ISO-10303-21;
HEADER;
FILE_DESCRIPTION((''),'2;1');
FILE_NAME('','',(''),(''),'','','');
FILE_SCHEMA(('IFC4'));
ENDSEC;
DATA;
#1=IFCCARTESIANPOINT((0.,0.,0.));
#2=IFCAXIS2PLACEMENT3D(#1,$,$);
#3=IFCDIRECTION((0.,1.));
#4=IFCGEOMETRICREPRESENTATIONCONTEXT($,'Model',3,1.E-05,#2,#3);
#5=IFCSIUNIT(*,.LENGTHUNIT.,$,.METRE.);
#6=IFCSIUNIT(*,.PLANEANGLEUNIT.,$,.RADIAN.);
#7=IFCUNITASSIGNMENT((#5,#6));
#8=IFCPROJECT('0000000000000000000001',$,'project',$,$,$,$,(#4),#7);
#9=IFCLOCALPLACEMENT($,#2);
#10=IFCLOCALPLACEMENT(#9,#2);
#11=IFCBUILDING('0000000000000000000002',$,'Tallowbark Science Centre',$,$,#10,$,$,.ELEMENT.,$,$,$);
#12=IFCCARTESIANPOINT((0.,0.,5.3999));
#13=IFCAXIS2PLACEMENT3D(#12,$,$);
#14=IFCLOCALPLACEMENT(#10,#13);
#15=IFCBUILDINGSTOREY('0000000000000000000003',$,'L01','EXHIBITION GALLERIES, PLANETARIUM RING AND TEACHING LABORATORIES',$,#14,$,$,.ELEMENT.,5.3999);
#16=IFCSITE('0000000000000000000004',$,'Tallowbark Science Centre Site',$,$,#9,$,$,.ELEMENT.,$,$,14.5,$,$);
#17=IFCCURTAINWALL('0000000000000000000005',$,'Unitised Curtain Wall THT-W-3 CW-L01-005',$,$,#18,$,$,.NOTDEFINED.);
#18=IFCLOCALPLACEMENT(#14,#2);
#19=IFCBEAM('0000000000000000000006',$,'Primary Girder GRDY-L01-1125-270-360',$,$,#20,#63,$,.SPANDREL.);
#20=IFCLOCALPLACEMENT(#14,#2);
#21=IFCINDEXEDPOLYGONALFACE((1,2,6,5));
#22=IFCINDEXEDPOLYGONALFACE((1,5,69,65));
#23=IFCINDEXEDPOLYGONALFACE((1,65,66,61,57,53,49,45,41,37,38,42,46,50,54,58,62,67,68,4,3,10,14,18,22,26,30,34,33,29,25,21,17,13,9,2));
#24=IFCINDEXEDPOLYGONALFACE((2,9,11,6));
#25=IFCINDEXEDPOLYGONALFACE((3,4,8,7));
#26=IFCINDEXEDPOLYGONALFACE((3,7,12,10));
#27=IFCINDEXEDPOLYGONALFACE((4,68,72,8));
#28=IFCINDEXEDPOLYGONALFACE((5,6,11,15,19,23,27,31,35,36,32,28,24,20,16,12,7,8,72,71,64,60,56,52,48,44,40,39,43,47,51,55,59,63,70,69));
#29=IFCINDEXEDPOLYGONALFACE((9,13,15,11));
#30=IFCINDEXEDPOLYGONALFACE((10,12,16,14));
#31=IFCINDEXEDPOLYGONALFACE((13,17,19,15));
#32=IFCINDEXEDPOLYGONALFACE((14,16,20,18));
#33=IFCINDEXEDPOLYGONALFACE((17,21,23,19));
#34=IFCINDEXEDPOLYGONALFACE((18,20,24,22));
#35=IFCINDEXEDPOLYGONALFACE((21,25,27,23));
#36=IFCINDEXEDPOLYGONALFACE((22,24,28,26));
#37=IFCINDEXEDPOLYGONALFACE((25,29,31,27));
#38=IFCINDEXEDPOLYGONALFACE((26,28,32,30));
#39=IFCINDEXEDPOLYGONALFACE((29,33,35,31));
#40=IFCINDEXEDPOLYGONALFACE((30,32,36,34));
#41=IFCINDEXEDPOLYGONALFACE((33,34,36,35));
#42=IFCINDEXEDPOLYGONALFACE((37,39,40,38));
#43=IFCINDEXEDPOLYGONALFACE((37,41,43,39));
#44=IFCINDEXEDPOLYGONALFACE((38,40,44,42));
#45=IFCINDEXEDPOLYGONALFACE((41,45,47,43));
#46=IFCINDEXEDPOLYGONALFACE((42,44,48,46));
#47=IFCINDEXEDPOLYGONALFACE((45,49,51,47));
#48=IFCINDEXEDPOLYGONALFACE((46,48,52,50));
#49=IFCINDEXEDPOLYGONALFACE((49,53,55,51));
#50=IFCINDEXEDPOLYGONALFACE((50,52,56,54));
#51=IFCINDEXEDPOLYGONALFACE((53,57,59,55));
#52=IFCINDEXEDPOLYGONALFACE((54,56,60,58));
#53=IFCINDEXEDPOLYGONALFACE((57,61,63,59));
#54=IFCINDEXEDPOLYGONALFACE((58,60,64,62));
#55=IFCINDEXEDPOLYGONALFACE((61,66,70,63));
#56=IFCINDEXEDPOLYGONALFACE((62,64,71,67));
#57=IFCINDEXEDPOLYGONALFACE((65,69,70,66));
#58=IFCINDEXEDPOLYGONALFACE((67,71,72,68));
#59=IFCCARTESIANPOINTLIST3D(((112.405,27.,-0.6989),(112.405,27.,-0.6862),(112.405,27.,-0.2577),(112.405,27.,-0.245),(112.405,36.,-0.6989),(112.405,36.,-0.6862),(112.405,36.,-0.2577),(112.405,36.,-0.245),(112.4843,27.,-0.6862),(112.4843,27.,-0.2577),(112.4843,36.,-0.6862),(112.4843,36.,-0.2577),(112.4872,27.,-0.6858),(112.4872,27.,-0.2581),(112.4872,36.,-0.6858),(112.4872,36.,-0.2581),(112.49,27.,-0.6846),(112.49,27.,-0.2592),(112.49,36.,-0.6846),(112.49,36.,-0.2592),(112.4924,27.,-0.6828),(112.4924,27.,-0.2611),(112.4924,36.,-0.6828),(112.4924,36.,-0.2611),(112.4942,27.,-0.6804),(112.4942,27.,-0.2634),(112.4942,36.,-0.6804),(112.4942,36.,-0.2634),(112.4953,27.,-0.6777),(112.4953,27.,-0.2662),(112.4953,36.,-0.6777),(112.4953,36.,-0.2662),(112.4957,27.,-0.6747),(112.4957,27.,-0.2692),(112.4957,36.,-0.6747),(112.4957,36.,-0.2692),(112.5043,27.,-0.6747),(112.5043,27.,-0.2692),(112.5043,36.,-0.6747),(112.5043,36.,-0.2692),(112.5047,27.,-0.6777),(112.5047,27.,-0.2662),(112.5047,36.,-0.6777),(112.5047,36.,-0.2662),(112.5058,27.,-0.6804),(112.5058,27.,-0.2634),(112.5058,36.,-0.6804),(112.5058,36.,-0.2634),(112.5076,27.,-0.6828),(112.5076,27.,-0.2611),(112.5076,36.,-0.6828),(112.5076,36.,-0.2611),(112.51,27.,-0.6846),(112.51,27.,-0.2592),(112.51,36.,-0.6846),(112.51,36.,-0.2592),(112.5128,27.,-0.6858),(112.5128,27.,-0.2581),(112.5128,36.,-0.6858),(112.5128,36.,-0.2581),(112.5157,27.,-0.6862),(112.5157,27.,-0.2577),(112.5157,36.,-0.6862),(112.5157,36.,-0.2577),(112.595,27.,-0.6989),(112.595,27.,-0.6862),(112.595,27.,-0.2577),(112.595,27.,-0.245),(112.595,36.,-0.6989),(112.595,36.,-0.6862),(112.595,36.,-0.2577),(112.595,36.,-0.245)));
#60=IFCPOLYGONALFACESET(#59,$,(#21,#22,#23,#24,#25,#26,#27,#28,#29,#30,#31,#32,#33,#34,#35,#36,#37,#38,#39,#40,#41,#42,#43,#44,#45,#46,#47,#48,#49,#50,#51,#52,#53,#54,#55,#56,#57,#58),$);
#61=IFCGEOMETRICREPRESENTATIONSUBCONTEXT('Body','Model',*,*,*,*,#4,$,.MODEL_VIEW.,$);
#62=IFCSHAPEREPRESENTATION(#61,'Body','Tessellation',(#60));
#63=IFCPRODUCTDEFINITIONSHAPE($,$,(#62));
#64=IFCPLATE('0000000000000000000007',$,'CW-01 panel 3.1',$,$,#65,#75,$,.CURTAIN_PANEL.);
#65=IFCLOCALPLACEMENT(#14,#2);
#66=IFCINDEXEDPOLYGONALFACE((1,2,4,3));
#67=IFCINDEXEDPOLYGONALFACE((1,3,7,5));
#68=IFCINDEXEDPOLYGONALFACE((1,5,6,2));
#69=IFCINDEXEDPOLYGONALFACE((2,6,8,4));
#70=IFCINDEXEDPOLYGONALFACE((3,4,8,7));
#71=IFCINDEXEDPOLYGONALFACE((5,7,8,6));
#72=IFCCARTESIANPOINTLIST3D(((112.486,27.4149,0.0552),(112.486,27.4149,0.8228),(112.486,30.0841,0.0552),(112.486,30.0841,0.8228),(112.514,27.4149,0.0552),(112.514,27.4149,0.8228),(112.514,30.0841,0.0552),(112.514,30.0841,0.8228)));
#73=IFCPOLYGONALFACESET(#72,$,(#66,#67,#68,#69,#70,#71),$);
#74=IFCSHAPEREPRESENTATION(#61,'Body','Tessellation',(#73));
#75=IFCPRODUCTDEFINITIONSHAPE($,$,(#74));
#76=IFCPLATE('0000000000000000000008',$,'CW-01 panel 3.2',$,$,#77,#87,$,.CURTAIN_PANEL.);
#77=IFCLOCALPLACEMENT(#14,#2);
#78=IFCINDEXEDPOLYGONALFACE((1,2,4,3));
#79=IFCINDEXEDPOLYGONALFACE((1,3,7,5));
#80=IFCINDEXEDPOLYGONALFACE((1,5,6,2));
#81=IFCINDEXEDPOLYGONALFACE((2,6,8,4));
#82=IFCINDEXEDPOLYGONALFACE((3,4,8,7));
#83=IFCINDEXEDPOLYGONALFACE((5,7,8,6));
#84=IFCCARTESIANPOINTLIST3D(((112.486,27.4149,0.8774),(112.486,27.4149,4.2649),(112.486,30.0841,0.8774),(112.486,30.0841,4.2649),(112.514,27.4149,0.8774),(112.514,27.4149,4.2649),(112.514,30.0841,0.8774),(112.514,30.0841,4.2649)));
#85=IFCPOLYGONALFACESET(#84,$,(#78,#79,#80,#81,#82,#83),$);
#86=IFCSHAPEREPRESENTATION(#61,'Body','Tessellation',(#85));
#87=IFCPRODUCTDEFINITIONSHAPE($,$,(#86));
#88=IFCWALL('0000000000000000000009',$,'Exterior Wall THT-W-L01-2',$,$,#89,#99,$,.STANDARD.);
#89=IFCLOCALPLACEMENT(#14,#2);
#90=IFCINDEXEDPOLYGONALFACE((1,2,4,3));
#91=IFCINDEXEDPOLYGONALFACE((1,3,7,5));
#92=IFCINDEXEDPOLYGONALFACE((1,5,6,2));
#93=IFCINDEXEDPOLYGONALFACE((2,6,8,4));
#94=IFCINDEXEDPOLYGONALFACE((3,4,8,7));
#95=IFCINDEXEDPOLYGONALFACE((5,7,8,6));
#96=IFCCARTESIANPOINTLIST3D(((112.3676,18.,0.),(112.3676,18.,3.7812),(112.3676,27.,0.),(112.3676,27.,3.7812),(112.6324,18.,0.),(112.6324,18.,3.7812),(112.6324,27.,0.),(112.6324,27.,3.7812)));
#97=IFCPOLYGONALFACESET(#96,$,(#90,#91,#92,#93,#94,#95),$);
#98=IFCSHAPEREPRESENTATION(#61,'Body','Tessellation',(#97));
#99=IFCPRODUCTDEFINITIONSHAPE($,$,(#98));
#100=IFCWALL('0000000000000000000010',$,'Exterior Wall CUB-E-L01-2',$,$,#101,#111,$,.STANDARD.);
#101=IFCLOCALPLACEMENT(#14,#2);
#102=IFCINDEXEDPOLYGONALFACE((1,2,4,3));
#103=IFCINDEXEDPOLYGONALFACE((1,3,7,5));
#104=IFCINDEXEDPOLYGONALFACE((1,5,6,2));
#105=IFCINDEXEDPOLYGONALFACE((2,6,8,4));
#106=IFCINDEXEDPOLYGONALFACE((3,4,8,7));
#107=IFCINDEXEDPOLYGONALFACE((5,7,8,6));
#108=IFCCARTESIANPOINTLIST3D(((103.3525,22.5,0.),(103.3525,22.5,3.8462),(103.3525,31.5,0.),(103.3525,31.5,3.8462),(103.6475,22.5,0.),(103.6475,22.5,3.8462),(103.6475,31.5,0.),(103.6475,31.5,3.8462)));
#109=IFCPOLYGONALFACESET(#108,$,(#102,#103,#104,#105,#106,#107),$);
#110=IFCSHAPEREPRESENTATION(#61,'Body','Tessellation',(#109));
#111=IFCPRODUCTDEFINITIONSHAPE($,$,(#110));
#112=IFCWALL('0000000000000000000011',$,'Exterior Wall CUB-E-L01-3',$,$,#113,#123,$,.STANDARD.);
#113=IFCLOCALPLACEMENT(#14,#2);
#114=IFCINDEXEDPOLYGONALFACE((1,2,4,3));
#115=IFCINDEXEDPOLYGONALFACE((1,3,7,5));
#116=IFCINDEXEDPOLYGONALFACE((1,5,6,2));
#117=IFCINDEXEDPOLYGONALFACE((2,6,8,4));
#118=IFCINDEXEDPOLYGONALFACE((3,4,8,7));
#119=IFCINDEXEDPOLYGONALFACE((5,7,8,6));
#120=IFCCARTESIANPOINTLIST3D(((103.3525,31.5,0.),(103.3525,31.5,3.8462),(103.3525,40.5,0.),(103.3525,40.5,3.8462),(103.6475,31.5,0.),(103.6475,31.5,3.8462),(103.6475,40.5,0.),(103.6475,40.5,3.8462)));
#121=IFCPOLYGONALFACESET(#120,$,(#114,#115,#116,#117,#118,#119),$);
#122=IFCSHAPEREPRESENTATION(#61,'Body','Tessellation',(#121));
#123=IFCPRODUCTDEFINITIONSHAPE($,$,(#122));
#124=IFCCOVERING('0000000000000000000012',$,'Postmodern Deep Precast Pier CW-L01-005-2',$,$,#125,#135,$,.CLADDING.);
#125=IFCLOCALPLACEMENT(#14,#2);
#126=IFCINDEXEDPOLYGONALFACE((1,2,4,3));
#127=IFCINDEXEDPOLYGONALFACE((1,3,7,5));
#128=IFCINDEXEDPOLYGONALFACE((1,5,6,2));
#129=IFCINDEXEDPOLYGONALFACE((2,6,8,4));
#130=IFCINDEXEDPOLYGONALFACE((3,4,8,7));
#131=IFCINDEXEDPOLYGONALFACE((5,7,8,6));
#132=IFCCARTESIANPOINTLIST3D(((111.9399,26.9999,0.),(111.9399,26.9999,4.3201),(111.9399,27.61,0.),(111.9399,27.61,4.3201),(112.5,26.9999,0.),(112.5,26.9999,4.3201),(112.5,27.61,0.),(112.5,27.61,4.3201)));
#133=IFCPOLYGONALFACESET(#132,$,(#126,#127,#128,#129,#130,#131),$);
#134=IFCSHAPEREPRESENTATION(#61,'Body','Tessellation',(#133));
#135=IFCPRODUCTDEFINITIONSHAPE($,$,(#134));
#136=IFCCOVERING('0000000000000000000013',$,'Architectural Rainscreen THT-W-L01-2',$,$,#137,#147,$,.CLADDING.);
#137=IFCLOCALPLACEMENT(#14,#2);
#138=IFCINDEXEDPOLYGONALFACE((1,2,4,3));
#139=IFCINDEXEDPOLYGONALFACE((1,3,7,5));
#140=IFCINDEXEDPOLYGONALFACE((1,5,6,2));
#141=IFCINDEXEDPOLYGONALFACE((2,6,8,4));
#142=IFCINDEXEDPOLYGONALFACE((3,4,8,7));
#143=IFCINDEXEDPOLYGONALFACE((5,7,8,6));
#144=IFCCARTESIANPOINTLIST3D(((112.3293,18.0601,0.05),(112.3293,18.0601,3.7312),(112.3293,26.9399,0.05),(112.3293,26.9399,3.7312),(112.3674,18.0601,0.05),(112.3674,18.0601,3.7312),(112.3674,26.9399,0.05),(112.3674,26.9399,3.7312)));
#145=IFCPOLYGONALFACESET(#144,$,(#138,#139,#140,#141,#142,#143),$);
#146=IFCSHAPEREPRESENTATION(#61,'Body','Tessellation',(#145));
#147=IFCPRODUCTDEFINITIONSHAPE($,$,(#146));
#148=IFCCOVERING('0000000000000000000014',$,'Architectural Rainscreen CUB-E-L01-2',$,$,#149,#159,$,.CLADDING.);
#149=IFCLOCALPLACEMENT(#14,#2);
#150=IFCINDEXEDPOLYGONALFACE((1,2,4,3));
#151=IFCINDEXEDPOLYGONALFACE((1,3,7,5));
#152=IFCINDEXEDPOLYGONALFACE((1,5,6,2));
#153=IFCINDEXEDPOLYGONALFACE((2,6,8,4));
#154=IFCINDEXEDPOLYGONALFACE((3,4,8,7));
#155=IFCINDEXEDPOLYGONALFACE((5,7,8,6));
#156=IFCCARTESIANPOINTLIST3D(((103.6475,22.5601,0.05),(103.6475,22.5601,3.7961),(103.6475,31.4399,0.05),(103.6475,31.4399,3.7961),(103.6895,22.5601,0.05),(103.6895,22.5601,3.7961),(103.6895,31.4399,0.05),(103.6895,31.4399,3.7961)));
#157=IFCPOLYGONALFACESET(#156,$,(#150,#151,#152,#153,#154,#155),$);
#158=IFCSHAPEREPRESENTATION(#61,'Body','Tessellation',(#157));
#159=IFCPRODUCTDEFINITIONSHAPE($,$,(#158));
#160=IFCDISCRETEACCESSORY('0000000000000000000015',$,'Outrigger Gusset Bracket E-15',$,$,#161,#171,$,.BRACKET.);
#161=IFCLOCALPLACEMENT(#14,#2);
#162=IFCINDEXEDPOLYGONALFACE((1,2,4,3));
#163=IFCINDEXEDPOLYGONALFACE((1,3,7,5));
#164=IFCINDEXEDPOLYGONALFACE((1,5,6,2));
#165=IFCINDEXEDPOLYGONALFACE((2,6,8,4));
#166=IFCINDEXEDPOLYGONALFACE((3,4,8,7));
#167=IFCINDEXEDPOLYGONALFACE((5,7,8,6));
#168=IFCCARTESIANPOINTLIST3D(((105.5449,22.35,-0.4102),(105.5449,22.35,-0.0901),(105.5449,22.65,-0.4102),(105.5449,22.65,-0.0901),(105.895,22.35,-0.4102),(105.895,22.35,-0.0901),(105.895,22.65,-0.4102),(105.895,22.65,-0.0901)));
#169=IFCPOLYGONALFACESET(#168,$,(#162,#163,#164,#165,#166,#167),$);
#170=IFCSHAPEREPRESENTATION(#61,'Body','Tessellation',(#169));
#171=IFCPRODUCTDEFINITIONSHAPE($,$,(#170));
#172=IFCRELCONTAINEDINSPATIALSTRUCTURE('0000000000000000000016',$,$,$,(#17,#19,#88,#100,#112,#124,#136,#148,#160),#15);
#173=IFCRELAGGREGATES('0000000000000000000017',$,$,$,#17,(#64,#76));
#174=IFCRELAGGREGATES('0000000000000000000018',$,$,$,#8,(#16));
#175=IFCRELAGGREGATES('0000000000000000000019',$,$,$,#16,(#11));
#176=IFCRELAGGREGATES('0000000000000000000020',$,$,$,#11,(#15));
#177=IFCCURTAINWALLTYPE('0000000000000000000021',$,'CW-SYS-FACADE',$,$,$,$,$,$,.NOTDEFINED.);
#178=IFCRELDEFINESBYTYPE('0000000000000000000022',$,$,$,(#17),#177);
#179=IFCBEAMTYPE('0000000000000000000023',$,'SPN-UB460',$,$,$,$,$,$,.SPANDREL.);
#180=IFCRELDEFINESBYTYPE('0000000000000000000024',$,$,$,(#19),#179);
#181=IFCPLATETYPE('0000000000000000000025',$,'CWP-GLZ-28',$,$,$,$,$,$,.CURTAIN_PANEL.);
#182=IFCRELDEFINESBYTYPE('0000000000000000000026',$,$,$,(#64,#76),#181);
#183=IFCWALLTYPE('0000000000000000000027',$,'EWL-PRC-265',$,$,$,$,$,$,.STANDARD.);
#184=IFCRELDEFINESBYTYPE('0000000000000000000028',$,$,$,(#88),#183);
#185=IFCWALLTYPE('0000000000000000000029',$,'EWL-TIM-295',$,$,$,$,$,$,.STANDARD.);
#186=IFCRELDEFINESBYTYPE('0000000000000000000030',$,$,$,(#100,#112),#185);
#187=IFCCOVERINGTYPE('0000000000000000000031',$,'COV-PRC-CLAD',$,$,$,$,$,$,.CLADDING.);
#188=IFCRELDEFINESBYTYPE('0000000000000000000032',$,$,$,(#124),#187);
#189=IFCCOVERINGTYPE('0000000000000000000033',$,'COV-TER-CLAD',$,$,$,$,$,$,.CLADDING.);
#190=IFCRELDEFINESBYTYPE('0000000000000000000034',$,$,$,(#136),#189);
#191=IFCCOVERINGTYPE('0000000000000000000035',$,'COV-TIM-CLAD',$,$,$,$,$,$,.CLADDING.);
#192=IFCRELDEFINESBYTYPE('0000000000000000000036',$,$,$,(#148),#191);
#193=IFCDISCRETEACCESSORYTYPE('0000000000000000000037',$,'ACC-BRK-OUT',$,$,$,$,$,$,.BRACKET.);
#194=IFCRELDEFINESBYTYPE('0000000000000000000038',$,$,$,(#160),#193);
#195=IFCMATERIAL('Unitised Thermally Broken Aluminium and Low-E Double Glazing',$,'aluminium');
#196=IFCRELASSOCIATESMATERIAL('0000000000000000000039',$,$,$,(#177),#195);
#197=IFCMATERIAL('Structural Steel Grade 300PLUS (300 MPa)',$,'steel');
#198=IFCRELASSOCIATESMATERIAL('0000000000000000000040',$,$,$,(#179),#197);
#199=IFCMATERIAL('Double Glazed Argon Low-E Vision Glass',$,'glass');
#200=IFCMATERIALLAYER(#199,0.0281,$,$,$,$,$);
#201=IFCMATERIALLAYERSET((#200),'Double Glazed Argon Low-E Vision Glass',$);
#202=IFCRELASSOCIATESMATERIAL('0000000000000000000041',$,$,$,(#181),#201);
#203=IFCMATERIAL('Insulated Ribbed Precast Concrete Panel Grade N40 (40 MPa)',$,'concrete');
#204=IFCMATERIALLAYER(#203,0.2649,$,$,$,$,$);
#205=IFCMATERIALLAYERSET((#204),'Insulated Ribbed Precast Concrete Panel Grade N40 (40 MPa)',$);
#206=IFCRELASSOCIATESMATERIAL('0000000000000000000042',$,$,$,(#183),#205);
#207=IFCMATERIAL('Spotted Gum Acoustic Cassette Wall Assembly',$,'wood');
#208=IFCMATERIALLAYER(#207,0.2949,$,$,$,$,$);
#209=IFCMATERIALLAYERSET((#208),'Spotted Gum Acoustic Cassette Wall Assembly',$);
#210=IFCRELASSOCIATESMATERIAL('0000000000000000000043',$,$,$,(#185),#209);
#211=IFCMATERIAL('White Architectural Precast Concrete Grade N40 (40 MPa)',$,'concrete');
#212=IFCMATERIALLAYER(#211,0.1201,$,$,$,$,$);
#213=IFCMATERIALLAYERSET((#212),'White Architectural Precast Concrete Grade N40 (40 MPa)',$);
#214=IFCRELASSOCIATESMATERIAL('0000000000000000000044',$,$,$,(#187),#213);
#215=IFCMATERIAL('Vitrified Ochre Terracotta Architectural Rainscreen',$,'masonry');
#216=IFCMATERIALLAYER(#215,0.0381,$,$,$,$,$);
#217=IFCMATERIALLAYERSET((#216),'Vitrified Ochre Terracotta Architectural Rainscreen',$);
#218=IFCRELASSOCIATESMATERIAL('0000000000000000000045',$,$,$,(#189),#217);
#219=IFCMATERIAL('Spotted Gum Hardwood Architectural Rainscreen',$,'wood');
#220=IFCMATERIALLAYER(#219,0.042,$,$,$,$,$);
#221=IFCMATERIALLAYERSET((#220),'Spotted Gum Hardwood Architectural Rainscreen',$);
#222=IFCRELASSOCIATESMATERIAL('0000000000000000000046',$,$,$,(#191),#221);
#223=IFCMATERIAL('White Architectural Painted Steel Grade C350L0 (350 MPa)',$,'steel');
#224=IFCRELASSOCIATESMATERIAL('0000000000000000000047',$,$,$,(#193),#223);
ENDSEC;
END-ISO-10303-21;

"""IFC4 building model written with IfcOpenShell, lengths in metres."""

from ifc_helpers import new_model, si_unit, direction, frame, frame_2d, origin, origin_2d, place, context, subcontext, project, spatial, rectangle, i_section, extrude, material, layer, layer_set, material_profile, profile_set, type_object, element, aggregate, save


model = new_model("IFC4")

# Units and contexts
model_context = context("Model", 3, precision=1e-05, world=origin(), true_north=direction((0.0, 1.0)))
body_context = subcontext(model_context, "Body", "Model", "MODEL_VIEW")
ifc_project = project(units=[si_unit("LENGTHUNIT", "METRE"), si_unit("PLANEANGLEUNIT", "RADIAN")], contexts=[model_context])

# Site, building, storey
site_placement = place(None, origin())
site = spatial("IfcSite", under=ifc_project, at=site_placement, Name="Tallowbark Science Centre Site", CompositionType="ELEMENT", RefElevation=14.5)
building_placement = place(site_placement, origin())
building = spatial("IfcBuilding", under=site, at=building_placement, Name="Tallowbark Science Centre", CompositionType="ELEMENT")
storey_placement = place(building_placement, frame((0.0, 0.0, 5.3999)))
storey = spatial("IfcBuildingStorey", under=building, at=storey_placement, Name="L01", Description="EXHIBITION GALLERIES, PLANETARIUM RING AND TEACHING LABORATORIES", CompositionType="ELEMENT", Elevation=5.3999)

# Shared definitions
ifc_material_1 = material(Name="White Architectural Painted Steel Grade C350L0 (350 MPa)", Category="steel")
ifc_material_2 = material(Name="Structural Steel Grade 300PLUS (300 MPa)", Category="steel")

# Curtain wall
ifc_material_3 = material(Name="Unitised Thermally Broken Aluminium and Low-E Double Glazing", Category="aluminium")
curtain_wall_type = type_object("IfcCurtainWallType", Name="CW-SYS-FACADE", PredefinedType="NOTDEFINED", material=ifc_material_3)
curtain_wall_placement = place(storey_placement, origin())
curtain_wall = element("IfcCurtainWall", 1, at=curtain_wall_placement, inside=storey, type_object=curtain_wall_type, Name="Unitised Curtain Wall THT-W-3 CW-L01-005", PredefinedType="NOTDEFINED")

# Beam
ifc_material_profile_1 = material_profile(ifc_material_2, i_section(OverallWidth=0.1899, OverallDepth=0.4539, WebThickness=0.0085, FlangeThickness=0.0127, FilletRadius=0.0115, at=origin_2d()), Name="460UB67.1")
ifc_profile_set_1 = profile_set([ifc_material_profile_1], Name="Structural Steel Grade 300PLUS (300 MPa)")
beam_type_1 = type_object("IfcBeamType", Name="SPN-UB460", PredefinedType="SPANDREL", material=ifc_profile_set_1)
beam_1_placement = place(storey_placement, frame((112.5, 27.0, -0.4719), z_axis=(0.0, 1.0, 0.0), x_axis=(-1.0, 0.0, 0.0)))
element("IfcBeam", 2, at=beam_1_placement, inside=storey, type_object=beam_type_1, Name="Primary Girder GRDY-L01-1125-270-360", PredefinedType="SPANDREL", context=body_context, shape_type="SweptSolid", body=[
    extrude(i_section(OverallWidth=0.1899, OverallDepth=0.4539, WebThickness=0.0085, FlangeThickness=0.0127, FilletRadius=0.0115, at=origin_2d()), origin(), (0.0, 0.0, 1.0), 9.0),
])

# Plates
ifc_material_4 = material(Name="Double Glazed Argon Low-E Vision Glass", Category="glass")
ifc_layer_1 = layer(ifc_material_4, 0.0281)
ifc_layer_set_1 = layer_set([ifc_layer_1], Name="Double Glazed Argon Low-E Vision Glass")
plate_type = type_object("IfcPlateType", Name="CWP-GLZ-28", PredefinedType="CURTAIN_PANEL", material=ifc_layer_set_1)
plate_1_placement = place(storey_placement, frame((112.5, 28.7495, 0.0552), z_axis=(0.0, 0.0, 1.0), x_axis=(0.0, -1.0, 0.0)))
plate_1 = element("IfcPlate", 3, at=plate_1_placement, type_object=plate_type, Name="CW-01 panel 3.1", PredefinedType="CURTAIN_PANEL", context=body_context, shape_type="SweptSolid", body=[
    extrude(rectangle(XDim=2.6692, YDim=0.0281, at=origin_2d()), origin(), (0.0, 0.0, 1.0), 0.7676),
])
plate_2_placement = place(storey_placement, frame((112.5, 28.7495, 0.8774), z_axis=(0.0, 0.0, 1.0), x_axis=(0.0, -1.0, 0.0)))
plate_2 = element("IfcPlate", 4, at=plate_2_placement, type_object=plate_type, Name="CW-01 panel 3.2", PredefinedType="CURTAIN_PANEL", context=body_context, shape_type="SweptSolid", body=[
    extrude(rectangle(XDim=2.6692, YDim=0.0281, at=origin_2d()), origin(), (0.0, 0.0, 1.0), 3.3875),
])
aggregate(curtain_wall, [plate_1, plate_2])

# Walls
ifc_material_5 = material(Name="Insulated Ribbed Precast Concrete Panel Grade N40 (40 MPa)", Category="concrete")
ifc_layer_2 = layer(ifc_material_5, 0.2649)
ifc_layer_set_2 = layer_set([ifc_layer_2], Name="Insulated Ribbed Precast Concrete Panel Grade N40 (40 MPa)")
wall_type_1 = type_object("IfcWallType", Name="EWL-PRC-265", PredefinedType="STANDARD", material=ifc_layer_set_2)
wall_placement = place(storey_placement, frame((112.5, 27.0, 0.0), z_axis=(0.0, 0.0, 1.0), x_axis=(0.0, -1.0, 0.0)))
element("IfcWall", 5, at=wall_placement, inside=storey, type_object=wall_type_1, Name="Exterior Wall THT-W-L01-2", PredefinedType="STANDARD", context=body_context, shape_type="SweptSolid", body=[
    extrude(rectangle(XDim=9.0, YDim=0.2649, at=frame_2d((4.5, 0.0))), origin(), (0.0, 0.0, 1.0), 3.7812),
])
ifc_material_6 = material(Name="Spotted Gum Acoustic Cassette Wall Assembly", Category="wood")
ifc_layer_3 = layer(ifc_material_6, 0.2949)
ifc_layer_set_3 = layer_set([ifc_layer_3], Name="Spotted Gum Acoustic Cassette Wall Assembly")
wall_type_2 = type_object("IfcWallType", Name="EWL-TIM-295", PredefinedType="STANDARD", material=ifc_layer_set_3)
for number, where, z_axis, x_axis, name in (
    (6, (103.5, 22.5, 0.0), (0.0, 0.0, 1.0), (0.0, 1.0, 0.0), "Exterior Wall CUB-E-L01-2"),
    (7, (103.5, 31.5, 0.0), (0.0, 0.0, 1.0), (0.0, 1.0, 0.0), "Exterior Wall CUB-E-L01-3"),
):
    element("IfcWall", number, at=place(storey_placement, frame(where, z_axis=z_axis, x_axis=x_axis)), inside=storey, type_object=wall_type_2, Name=name, PredefinedType="STANDARD", context=body_context, shape_type="SweptSolid", body=[
        extrude(rectangle(XDim=9.0, YDim=0.2949, at=frame_2d((4.5, 0.0))), origin(), (0.0, 0.0, 1.0), 3.8462),
    ])

# Coverings
ifc_material_7 = material(Name="White Architectural Precast Concrete Grade N40 (40 MPa)", Category="concrete")
ifc_layer_4 = layer(ifc_material_7, 0.1201)
ifc_layer_set_4 = layer_set([ifc_layer_4], Name="White Architectural Precast Concrete Grade N40 (40 MPa)")
covering_type_1 = type_object("IfcCoveringType", Name="COV-PRC-CLAD", PredefinedType="CLADDING", material=ifc_layer_set_4)
covering_1_placement = place(storey_placement, frame((112.22, 27.3049, 0.0), z_axis=(0.0, 0.0, 1.0), x_axis=(0.0, -1.0, 0.0)))
element("IfcCovering", 8, at=covering_1_placement, inside=storey, type_object=covering_type_1, Name="Postmodern Deep Precast Pier CW-L01-005-2", PredefinedType="CLADDING", context=body_context, shape_type="SweptSolid", body=[
    extrude(rectangle(XDim=0.6101, YDim=0.5601, at=origin_2d()), origin(), (0.0, 0.0, 1.0), 4.3201),
])
ifc_material_8 = material(Name="Vitrified Ochre Terracotta Architectural Rainscreen", Category="masonry")
ifc_layer_5 = layer(ifc_material_8, 0.0381)
ifc_layer_set_5 = layer_set([ifc_layer_5], Name="Vitrified Ochre Terracotta Architectural Rainscreen")
covering_type_2 = type_object("IfcCoveringType", Name="COV-TER-CLAD", PredefinedType="CLADDING", material=ifc_layer_set_5)
covering_2_placement = place(storey_placement, frame((112.3484, 22.5, 0.05), z_axis=(0.0, 0.0, 1.0), x_axis=(0.0, -1.0, 0.0)))
element("IfcCovering", 9, at=covering_2_placement, inside=storey, type_object=covering_type_2, Name="Architectural Rainscreen THT-W-L01-2", PredefinedType="CLADDING", context=body_context, shape_type="SweptSolid", body=[
    extrude(rectangle(XDim=8.8799, YDim=0.0381, at=origin_2d()), origin(), (0.0, 0.0, 1.0), 3.6812),
])
ifc_material_9 = material(Name="Spotted Gum Hardwood Architectural Rainscreen", Category="wood")
ifc_layer_6 = layer(ifc_material_9, 0.042)
ifc_layer_set_6 = layer_set([ifc_layer_6], Name="Spotted Gum Hardwood Architectural Rainscreen")
covering_type_3 = type_object("IfcCoveringType", Name="COV-TIM-CLAD", PredefinedType="CLADDING", material=ifc_layer_set_6)
covering_3_placement = place(storey_placement, frame((103.6685, 27.0, 0.05), z_axis=(0.0, 0.0, 1.0), x_axis=(0.0, 1.0, 0.0)))
element("IfcCovering", 10, at=covering_3_placement, inside=storey, type_object=covering_type_3, Name="Architectural Rainscreen CUB-E-L01-2", PredefinedType="CLADDING", context=body_context, shape_type="SweptSolid", body=[
    extrude(rectangle(XDim=8.8799, YDim=0.042, at=origin_2d()), origin(), (0.0, 0.0, 1.0), 3.7461),
])

# Discrete accessory
discrete_accessory_type = type_object("IfcDiscreteAccessoryType", Name="ACC-BRK-OUT", PredefinedType="BRACKET", material=ifc_material_1)
discrete_accessory_placement = place(storey_placement, frame((105.72, 22.5, -0.4102), z_axis=(0.0, 0.0, 1.0), x_axis=(1.0, 0.0, 0.0)))
element("IfcDiscreteAccessory", 11, at=discrete_accessory_placement, inside=storey, type_object=discrete_accessory_type, Name="Outrigger Gusset Bracket E-15", PredefinedType="BRACKET", context=body_context, shape_type="SweptSolid", body=[
    extrude(rectangle(XDim=0.3501, YDim=0.3, at=origin_2d()), origin(), (0.0, 0.0, 1.0), 0.3201),
])

save(model, "model.ifc")
